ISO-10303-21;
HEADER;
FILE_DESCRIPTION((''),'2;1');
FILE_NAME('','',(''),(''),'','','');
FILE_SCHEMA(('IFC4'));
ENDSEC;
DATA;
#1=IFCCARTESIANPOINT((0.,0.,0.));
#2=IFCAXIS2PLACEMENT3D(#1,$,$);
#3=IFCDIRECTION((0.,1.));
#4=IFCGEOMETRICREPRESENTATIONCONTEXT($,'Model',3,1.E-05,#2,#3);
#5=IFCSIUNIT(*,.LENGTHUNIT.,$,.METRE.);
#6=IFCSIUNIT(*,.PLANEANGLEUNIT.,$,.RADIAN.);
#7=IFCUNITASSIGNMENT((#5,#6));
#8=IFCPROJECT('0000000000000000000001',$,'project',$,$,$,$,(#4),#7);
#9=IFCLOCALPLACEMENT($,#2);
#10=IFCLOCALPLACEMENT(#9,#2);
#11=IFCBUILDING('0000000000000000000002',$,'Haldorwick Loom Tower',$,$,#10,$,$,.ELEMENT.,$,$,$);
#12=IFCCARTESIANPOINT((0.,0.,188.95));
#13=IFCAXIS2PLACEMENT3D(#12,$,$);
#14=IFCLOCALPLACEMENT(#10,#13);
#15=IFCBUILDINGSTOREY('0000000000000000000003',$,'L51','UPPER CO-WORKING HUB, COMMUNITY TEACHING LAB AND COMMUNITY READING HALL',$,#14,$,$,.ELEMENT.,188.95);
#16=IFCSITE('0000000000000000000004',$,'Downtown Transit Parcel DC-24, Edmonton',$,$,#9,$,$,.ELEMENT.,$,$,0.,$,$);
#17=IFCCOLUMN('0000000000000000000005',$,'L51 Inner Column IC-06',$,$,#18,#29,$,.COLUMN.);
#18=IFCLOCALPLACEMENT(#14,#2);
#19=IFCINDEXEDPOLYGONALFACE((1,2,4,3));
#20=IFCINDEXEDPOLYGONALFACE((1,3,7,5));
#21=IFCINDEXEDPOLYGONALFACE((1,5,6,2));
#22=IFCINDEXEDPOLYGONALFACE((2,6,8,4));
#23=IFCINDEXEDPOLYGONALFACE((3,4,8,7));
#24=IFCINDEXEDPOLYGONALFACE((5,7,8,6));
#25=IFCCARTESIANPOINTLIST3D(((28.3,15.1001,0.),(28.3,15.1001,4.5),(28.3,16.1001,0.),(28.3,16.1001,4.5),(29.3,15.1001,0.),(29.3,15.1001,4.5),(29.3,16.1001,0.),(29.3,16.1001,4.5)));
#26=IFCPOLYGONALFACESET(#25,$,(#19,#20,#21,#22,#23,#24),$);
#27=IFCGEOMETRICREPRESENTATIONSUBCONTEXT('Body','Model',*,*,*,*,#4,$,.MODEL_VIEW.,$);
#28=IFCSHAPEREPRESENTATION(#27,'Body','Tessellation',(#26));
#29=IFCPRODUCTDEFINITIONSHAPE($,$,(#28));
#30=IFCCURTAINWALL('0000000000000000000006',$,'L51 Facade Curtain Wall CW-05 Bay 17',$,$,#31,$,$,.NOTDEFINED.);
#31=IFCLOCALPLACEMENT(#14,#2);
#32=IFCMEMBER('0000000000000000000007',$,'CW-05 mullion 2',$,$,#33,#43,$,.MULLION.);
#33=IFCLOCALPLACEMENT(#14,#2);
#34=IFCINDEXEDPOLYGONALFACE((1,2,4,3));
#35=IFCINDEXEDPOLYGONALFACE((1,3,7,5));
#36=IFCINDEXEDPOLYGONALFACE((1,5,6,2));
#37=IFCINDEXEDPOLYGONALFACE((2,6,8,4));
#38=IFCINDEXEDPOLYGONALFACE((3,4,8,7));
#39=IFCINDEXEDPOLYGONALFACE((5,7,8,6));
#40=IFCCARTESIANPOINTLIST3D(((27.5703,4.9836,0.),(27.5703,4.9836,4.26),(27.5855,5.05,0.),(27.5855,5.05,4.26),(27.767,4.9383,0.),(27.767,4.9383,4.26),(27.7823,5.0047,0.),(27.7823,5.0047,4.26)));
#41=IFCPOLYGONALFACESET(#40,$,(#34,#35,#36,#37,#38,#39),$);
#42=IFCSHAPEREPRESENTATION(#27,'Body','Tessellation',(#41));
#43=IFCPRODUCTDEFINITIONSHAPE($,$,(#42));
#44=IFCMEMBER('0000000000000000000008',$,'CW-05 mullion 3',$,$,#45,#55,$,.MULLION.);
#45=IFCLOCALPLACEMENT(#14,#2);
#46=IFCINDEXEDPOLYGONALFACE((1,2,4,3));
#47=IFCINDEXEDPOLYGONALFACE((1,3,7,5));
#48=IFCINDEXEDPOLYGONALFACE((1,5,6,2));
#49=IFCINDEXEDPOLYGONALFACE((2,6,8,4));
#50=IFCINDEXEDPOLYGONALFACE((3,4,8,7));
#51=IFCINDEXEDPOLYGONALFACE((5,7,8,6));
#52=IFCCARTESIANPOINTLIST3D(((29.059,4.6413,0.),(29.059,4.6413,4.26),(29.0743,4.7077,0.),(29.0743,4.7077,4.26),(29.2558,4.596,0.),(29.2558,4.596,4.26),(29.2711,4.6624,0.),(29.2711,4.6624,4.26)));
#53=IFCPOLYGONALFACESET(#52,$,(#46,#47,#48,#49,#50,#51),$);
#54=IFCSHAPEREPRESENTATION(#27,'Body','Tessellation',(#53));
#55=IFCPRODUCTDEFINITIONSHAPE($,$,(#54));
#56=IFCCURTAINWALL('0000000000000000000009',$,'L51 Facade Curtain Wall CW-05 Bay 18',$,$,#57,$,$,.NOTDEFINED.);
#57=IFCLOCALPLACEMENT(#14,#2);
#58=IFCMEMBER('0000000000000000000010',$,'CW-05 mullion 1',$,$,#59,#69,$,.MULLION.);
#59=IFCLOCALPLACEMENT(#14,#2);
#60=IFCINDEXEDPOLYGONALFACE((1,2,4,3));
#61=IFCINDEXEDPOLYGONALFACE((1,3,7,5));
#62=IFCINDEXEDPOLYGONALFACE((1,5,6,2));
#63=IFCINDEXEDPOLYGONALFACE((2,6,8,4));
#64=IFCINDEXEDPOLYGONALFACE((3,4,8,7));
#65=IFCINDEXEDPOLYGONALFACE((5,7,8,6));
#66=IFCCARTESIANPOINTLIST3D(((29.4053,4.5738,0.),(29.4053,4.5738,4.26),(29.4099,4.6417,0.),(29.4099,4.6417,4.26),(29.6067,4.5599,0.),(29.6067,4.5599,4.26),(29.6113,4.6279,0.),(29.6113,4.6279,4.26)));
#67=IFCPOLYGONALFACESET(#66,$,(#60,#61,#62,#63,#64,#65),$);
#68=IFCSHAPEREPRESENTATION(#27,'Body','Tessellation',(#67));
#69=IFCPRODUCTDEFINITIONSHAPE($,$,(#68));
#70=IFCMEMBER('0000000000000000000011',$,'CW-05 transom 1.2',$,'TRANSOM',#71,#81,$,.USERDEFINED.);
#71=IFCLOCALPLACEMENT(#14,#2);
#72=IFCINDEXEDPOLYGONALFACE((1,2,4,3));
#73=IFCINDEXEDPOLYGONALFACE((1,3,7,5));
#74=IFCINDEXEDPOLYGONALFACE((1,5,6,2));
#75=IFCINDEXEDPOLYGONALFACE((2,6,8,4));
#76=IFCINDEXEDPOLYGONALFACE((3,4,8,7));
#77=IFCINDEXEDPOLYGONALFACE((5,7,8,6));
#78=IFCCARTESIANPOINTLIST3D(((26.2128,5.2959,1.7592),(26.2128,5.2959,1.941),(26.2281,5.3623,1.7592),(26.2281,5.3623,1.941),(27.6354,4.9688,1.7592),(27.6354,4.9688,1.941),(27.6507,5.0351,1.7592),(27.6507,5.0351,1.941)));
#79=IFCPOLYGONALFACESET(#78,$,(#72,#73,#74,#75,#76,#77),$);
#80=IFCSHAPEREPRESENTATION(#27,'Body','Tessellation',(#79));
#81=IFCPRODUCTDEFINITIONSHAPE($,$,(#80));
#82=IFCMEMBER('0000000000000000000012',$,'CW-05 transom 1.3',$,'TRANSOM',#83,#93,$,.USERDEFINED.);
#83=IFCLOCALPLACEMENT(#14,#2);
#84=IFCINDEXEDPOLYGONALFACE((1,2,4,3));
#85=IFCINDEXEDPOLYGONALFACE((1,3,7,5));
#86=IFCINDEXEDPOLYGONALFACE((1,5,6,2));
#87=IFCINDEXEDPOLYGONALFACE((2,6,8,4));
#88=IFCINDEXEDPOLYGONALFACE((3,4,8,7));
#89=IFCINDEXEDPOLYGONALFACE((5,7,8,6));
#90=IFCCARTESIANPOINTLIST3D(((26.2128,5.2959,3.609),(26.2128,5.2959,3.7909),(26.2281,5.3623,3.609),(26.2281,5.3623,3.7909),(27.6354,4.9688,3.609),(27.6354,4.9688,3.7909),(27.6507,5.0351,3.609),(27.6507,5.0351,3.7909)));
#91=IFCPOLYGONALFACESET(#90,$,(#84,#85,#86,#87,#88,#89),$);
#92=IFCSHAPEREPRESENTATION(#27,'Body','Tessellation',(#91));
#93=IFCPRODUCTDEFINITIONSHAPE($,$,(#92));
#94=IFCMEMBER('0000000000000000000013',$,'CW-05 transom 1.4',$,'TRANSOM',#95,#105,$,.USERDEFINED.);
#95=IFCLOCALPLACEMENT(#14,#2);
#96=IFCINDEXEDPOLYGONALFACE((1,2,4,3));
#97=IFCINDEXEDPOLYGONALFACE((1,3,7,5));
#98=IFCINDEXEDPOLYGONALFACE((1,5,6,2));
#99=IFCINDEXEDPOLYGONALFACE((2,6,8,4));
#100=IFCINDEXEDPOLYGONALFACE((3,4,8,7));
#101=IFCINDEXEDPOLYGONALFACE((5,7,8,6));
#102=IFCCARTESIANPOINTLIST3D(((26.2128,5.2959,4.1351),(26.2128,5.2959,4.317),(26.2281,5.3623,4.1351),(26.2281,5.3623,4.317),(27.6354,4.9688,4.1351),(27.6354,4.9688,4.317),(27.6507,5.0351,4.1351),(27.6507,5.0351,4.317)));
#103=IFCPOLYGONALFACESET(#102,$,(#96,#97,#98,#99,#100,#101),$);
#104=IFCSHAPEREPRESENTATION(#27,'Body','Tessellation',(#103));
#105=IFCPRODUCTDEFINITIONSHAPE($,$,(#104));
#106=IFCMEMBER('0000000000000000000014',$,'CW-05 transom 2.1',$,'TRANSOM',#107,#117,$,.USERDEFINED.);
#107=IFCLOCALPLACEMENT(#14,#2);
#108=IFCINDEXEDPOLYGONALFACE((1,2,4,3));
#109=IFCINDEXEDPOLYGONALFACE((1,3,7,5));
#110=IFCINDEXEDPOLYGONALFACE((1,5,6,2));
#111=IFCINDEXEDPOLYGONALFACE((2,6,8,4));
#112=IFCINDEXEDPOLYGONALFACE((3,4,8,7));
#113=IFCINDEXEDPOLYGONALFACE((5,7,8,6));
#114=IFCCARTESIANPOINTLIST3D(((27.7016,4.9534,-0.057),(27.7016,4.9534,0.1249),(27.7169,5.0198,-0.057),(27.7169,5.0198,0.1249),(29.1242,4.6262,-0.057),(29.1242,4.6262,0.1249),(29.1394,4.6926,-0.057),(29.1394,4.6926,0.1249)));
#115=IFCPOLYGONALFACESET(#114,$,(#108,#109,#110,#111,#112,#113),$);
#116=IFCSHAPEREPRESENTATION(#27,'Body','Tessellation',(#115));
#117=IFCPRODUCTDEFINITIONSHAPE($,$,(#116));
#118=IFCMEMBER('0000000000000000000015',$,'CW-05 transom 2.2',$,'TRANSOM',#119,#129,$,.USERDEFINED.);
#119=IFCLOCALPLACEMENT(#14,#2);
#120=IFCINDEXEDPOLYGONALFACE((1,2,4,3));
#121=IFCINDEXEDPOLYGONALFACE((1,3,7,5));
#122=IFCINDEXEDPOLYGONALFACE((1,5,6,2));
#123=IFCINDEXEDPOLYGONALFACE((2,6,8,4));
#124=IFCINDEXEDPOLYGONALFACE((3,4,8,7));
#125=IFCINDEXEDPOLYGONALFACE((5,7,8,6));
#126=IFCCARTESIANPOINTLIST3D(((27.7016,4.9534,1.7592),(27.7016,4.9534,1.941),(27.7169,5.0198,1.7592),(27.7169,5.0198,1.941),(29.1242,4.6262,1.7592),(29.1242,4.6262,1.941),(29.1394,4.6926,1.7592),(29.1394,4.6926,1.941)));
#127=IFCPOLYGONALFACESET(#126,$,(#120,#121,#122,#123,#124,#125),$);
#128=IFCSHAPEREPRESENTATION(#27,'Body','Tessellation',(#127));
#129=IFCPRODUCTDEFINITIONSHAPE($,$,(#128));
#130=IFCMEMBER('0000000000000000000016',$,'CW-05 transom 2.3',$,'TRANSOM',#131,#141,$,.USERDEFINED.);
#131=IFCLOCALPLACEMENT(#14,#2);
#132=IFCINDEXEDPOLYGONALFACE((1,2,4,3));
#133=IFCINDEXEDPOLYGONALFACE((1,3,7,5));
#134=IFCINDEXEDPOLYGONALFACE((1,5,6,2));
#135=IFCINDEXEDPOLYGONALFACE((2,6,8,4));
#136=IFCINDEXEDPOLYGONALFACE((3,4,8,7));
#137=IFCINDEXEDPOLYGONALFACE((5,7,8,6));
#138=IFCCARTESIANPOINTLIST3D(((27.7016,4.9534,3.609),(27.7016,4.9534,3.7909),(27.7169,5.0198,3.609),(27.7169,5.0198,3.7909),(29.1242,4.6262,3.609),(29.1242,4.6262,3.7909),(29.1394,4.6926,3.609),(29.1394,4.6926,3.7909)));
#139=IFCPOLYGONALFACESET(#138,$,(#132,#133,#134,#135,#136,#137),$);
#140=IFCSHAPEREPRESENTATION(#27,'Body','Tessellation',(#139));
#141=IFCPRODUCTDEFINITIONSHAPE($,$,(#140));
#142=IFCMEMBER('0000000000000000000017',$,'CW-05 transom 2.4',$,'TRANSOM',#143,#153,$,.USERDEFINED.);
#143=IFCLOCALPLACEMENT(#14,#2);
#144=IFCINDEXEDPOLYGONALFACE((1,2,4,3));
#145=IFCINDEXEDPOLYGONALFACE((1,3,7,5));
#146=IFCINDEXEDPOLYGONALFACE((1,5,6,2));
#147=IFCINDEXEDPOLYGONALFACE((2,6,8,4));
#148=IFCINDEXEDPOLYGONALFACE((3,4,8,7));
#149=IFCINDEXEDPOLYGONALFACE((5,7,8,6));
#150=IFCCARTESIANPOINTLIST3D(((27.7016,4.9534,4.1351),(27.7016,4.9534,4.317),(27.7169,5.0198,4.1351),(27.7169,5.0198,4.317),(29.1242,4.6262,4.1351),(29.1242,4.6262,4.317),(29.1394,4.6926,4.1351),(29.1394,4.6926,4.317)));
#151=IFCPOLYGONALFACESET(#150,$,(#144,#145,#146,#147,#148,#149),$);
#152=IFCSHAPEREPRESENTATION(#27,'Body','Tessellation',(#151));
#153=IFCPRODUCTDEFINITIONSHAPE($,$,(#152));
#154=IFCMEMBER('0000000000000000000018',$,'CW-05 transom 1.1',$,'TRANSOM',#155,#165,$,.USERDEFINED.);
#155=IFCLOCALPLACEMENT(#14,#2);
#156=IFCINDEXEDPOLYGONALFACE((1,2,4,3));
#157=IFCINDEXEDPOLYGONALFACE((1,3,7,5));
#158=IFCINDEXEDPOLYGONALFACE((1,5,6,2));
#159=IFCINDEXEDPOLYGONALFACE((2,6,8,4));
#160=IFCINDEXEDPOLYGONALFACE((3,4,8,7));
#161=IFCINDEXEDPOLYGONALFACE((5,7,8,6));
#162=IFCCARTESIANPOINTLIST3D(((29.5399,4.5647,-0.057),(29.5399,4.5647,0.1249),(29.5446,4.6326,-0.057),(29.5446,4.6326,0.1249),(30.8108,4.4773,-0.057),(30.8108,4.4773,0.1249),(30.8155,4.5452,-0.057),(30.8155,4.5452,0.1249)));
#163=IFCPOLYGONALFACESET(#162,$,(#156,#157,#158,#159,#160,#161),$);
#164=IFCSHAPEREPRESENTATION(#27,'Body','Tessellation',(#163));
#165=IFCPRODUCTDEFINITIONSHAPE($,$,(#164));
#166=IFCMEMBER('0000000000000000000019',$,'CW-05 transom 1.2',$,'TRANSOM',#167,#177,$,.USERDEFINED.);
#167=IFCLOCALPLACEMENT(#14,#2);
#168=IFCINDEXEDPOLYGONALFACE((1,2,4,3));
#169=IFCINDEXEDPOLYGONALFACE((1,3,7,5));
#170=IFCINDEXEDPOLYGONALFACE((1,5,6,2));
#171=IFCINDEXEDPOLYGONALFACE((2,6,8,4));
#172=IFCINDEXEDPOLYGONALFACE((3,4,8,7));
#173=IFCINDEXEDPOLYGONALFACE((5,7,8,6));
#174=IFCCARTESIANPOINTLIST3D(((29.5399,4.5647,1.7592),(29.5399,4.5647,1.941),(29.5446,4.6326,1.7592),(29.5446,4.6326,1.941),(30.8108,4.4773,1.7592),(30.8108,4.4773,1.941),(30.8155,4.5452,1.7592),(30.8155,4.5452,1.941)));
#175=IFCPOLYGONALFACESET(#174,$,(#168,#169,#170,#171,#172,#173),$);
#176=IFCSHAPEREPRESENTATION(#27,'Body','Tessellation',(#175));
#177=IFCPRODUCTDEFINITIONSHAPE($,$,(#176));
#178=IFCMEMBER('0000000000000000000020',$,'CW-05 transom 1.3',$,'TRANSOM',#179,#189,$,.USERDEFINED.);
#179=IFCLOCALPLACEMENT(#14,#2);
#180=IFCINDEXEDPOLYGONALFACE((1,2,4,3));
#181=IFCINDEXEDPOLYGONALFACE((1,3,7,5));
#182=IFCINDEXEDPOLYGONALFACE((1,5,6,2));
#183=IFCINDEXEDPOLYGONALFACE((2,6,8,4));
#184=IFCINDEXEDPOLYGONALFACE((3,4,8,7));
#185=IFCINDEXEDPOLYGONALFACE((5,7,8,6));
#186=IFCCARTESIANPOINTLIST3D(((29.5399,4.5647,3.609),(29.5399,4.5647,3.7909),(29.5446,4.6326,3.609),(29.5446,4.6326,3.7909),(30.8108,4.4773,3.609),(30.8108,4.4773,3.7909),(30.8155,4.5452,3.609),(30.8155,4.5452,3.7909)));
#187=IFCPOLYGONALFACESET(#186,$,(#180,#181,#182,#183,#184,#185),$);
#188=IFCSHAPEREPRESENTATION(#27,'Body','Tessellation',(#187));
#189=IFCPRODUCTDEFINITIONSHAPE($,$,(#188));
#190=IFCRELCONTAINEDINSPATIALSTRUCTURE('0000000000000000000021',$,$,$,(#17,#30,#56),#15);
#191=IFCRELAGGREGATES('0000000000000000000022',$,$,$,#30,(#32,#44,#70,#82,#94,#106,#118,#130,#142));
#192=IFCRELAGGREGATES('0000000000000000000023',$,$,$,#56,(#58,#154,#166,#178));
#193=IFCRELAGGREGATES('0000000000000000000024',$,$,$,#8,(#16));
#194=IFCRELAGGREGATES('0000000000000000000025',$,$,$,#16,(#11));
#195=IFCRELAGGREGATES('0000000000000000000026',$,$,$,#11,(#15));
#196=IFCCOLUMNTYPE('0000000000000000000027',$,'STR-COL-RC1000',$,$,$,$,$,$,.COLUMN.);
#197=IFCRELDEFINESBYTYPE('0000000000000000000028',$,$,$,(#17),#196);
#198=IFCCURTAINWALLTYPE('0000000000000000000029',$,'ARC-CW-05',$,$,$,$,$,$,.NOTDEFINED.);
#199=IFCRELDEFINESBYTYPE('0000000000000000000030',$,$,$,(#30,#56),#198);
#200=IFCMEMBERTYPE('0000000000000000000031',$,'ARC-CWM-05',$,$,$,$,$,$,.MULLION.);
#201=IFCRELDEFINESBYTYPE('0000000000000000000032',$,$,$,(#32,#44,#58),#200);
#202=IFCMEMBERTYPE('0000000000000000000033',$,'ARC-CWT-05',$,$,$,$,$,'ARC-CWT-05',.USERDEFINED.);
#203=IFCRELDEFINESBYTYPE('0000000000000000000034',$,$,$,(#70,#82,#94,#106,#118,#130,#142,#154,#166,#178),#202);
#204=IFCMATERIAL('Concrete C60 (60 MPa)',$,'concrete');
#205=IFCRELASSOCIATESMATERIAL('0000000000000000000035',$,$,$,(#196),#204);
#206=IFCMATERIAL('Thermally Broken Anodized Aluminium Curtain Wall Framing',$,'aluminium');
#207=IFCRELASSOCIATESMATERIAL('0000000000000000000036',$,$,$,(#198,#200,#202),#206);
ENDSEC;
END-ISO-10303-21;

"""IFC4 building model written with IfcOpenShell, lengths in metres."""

from ifc_helpers import new_model, si_unit, direction, frame, origin, origin_2d, place, context, subcontext, project, spatial, rectangle, extrude, material, material_profile, profile_set, type_object, element, aggregate, save


model = new_model("IFC4")

# Units and contexts
model_context = context("Model", 3, precision=1e-05, world=origin(), true_north=direction((0.0, 1.0)))
body_context = subcontext(model_context, "Body", "Model", "MODEL_VIEW")
ifc_project = project(units=[si_unit("LENGTHUNIT", "METRE"), si_unit("PLANEANGLEUNIT", "RADIAN")], contexts=[model_context])

# Site, building, storey
site_placement = place(None, origin())
site = spatial("IfcSite", under=ifc_project, at=site_placement, Name="Downtown Transit Parcel DC-24, Edmonton", CompositionType="ELEMENT", RefElevation=0.0)
building_placement = place(site_placement, origin())
building = spatial("IfcBuilding", under=site, at=building_placement, Name="Haldorwick Loom Tower", CompositionType="ELEMENT")
storey_placement = place(building_placement, frame((0.0, 0.0, 188.95)))
storey = spatial("IfcBuildingStorey", under=building, at=storey_placement, Name="L51", Description="UPPER CO-WORKING HUB, COMMUNITY TEACHING LAB AND COMMUNITY READING HALL", CompositionType="ELEMENT", Elevation=188.95)

# Column
ifc_material_1 = material(Name="Concrete C60 (60 MPa)", Category="concrete")
ifc_material_profile_1 = material_profile(ifc_material_1, rectangle(XDim=1.0, YDim=1.0, at=origin_2d()), Name="RC1000X1000", Category="concrete")
ifc_profile_set_1 = profile_set([ifc_material_profile_1], Name="Concrete C60 (60 MPa)")
column_type = type_object("IfcColumnType", Name="STR-COL-RC1000", PredefinedType="COLUMN", material=ifc_profile_set_1)
column_placement = place(storey_placement, frame((28.8, 15.6001, 0.0), z_axis=(0.0, 0.0, 1.0), x_axis=(1.0, 0.0, 0.0)))
element("IfcColumn", 1, at=column_placement, inside=storey, type_object=column_type, Name="L51 Inner Column IC-06", PredefinedType="COLUMN", context=body_context, shape_type="SweptSolid", body=[
    extrude(rectangle(XDim=1.0, YDim=1.0, at=origin_2d()), origin(), (0.0, 0.0, 1.0), 4.5),
])

# Curtain wall, members
ifc_material_2 = material(Name="Thermally Broken Anodized Aluminium Curtain Wall Framing", Category="aluminium")
curtain_wall_type = type_object("IfcCurtainWallType", Name="ARC-CW-05", PredefinedType="NOTDEFINED", material=ifc_material_2)
curtain_wall_1_placement = place(storey_placement, origin())
curtain_wall_1 = element("IfcCurtainWall", 2, at=curtain_wall_1_placement, inside=storey, type_object=curtain_wall_type, Name="L51 Facade Curtain Wall CW-05 Bay 17", PredefinedType="NOTDEFINED")
ifc_material_profile_2 = material_profile(ifc_material_2, rectangle(XDim=0.0681, YDim=0.2019, at=origin_2d()), Name="ALU_MUL_68X202", Category="aluminium")
ifc_profile_set_2 = profile_set([ifc_material_profile_2], Name="Thermally Broken Anodized Aluminium Curtain Wall Framing")
member_type_1 = type_object("IfcMemberType", Name="ARC-CWM-05", PredefinedType="MULLION", material=ifc_profile_set_2)
member_1_placement = place(storey_placement, frame((27.6763, 4.9941, 0.0), z_axis=(0.0, 0.0, 1.0), x_axis=(0.224142, 0.974557, 0.0)))
member_1 = element("IfcMember", 3, at=member_1_placement, type_object=member_type_1, Name="CW-05 mullion 2", PredefinedType="MULLION", context=body_context, shape_type="SweptSolid", body=[
    extrude(rectangle(XDim=0.0681, YDim=0.2019, at=origin_2d()), origin(), (0.0, 0.0, 1.0), 4.26),
])
member_2_placement = place(storey_placement, frame((29.165, 4.6519, 0.0), z_axis=(0.0, 0.0, 1.0), x_axis=(0.224142, 0.974557, 0.0)))
member_2 = element("IfcMember", 4, at=member_2_placement, type_object=member_type_1, Name="CW-05 mullion 3", PredefinedType="MULLION", context=body_context, shape_type="SweptSolid", body=[
    extrude(rectangle(XDim=0.0681, YDim=0.2019, at=origin_2d()), origin(), (0.0, 0.0, 1.0), 4.26),
])

# Curtain wall, member
curtain_wall_2_placement = place(storey_placement, origin())
curtain_wall_2 = element("IfcCurtainWall", 5, at=curtain_wall_2_placement, inside=storey, type_object=curtain_wall_type, Name="L51 Facade Curtain Wall CW-05 Bay 18", PredefinedType="NOTDEFINED")
member_3_placement = place(storey_placement, frame((29.5083, 4.6008, 0.0), z_axis=(0.0, 0.0, 1.0), x_axis=(0.068513, 0.99765, 0.0)))
member_3 = element("IfcMember", 6, at=member_3_placement, type_object=member_type_1, Name="CW-05 mullion 1", PredefinedType="MULLION", context=body_context, shape_type="SweptSolid", body=[
    extrude(rectangle(XDim=0.0681, YDim=0.2019, at=origin_2d()), origin(), (0.0, 0.0, 1.0), 4.26),
])

# Members
ifc_material_profile_3 = material_profile(ifc_material_2, rectangle(XDim=0.0681, YDim=0.1819, at=origin_2d()), Name="ALU_TRN_68X182", Category="aluminium")
ifc_profile_set_3 = profile_set([ifc_material_profile_3], Name="Thermally Broken Anodized Aluminium Curtain Wall Framing")
member_type_2 = type_object("IfcMemberType", Name="ARC-CWT-05", ElementType="ARC-CWT-05", PredefinedType="USERDEFINED", material=ifc_profile_set_3)
member_4_placement = place(storey_placement, frame((26.2205, 5.3291, 1.8501), z_axis=(0.974563, -0.224114, 0.0), x_axis=(0.224114, 0.974563, 0.0)))
member_4 = element("IfcMember", 7, at=member_4_placement, type_object=member_type_2, Name="CW-05 transom 1.2", ObjectType="TRANSOM", PredefinedType="USERDEFINED", context=body_context, shape_type="SweptSolid", body=[
    extrude(rectangle(XDim=0.0681, YDim=0.1819, at=origin_2d()), origin(), (0.0, 0.0, 1.0), 1.4597),
])
member_5_placement = place(storey_placement, frame((26.2205, 5.3291, 3.7), z_axis=(0.974563, -0.224114, 0.0), x_axis=(0.224114, 0.974563, 0.0)))
member_5 = element("IfcMember", 8, at=member_5_placement, type_object=member_type_2, Name="CW-05 transom 1.3", ObjectType="TRANSOM", PredefinedType="USERDEFINED", context=body_context, shape_type="SweptSolid", body=[
    extrude(rectangle(XDim=0.0681, YDim=0.1819, at=origin_2d()), origin(), (0.0, 0.0, 1.0), 1.4597),
])
member_6_placement = place(storey_placement, frame((26.2205, 5.3291, 4.2261), z_axis=(0.974563, -0.224114, 0.0), x_axis=(0.224114, 0.974563, 0.0)))
member_6 = element("IfcMember", 9, at=member_6_placement, type_object=member_type_2, Name="CW-05 transom 1.4", ObjectType="TRANSOM", PredefinedType="USERDEFINED", context=body_context, shape_type="SweptSolid", body=[
    extrude(rectangle(XDim=0.0681, YDim=0.1819, at=origin_2d()), origin(), (0.0, 0.0, 1.0), 1.4597),
])
member_7_placement = place(storey_placement, frame((27.7092, 4.9866, 0.0339), z_axis=(0.974563, -0.224114, 0.0), x_axis=(0.224114, 0.974563, 0.0)))
member_7 = element("IfcMember", 10, at=member_7_placement, type_object=member_type_2, Name="CW-05 transom 2.1", ObjectType="TRANSOM", PredefinedType="USERDEFINED", context=body_context, shape_type="SweptSolid", body=[
    extrude(rectangle(XDim=0.0681, YDim=0.1819, at=origin_2d()), origin(), (0.0, 0.0, 1.0), 1.4597),
])
member_8_placement = place(storey_placement, frame((27.7092, 4.9866, 1.8501), z_axis=(0.974563, -0.224114, 0.0), x_axis=(0.224114, 0.974563, 0.0)))
member_8 = element("IfcMember", 11, at=member_8_placement, type_object=member_type_2, Name="CW-05 transom 2.2", ObjectType="TRANSOM", PredefinedType="USERDEFINED", context=body_context, shape_type="SweptSolid", body=[
    extrude(rectangle(XDim=0.0681, YDim=0.1819, at=origin_2d()), origin(), (0.0, 0.0, 1.0), 1.4597),
])
member_9_placement = place(storey_placement, frame((27.7092, 4.9866, 3.7), z_axis=(0.974563, -0.224114, 0.0), x_axis=(0.224114, 0.974563, 0.0)))
member_9 = element("IfcMember", 12, at=member_9_placement, type_object=member_type_2, Name="CW-05 transom 2.3", ObjectType="TRANSOM", PredefinedType="USERDEFINED", context=body_context, shape_type="SweptSolid", body=[
    extrude(rectangle(XDim=0.0681, YDim=0.1819, at=origin_2d()), origin(), (0.0, 0.0, 1.0), 1.4597),
])
member_10_placement = place(storey_placement, frame((27.7092, 4.9866, 4.2261), z_axis=(0.974563, -0.224114, 0.0), x_axis=(0.224114, 0.974563, 0.0)))
member_10 = element("IfcMember", 13, at=member_10_placement, type_object=member_type_2, Name="CW-05 transom 2.4", ObjectType="TRANSOM", PredefinedType="USERDEFINED", context=body_context, shape_type="SweptSolid", body=[
    extrude(rectangle(XDim=0.0681, YDim=0.1819, at=origin_2d()), origin(), (0.0, 0.0, 1.0), 1.4597),
])
member_11_placement = place(storey_placement, frame((29.5422, 4.5986, 0.0339), z_axis=(0.997644, -0.068605, 0.0), x_axis=(0.068605, 0.997644, 0.0)))
member_11 = element("IfcMember", 14, at=member_11_placement, type_object=member_type_2, Name="CW-05 transom 1.1", ObjectType="TRANSOM", PredefinedType="USERDEFINED", context=body_context, shape_type="SweptSolid", body=[
    extrude(rectangle(XDim=0.0681, YDim=0.1819, at=origin_2d()), origin(), (0.0, 0.0, 1.0), 1.2739),
])
member_12_placement = place(storey_placement, frame((29.5422, 4.5986, 1.8501), z_axis=(0.997644, -0.068605, 0.0), x_axis=(0.068605, 0.997644, 0.0)))
member_12 = element("IfcMember", 15, at=member_12_placement, type_object=member_type_2, Name="CW-05 transom 1.2", ObjectType="TRANSOM", PredefinedType="USERDEFINED", context=body_context, shape_type="SweptSolid", body=[
    extrude(rectangle(XDim=0.0681, YDim=0.1819, at=origin_2d()), origin(), (0.0, 0.0, 1.0), 1.2739),
])
member_13_placement = place(storey_placement, frame((29.5422, 4.5986, 3.7), z_axis=(0.997644, -0.068605, 0.0), x_axis=(0.068605, 0.997644, 0.0)))
member_13 = element("IfcMember", 16, at=member_13_placement, type_object=member_type_2, Name="CW-05 transom 1.3", ObjectType="TRANSOM", PredefinedType="USERDEFINED", context=body_context, shape_type="SweptSolid", body=[
    extrude(rectangle(XDim=0.0681, YDim=0.1819, at=origin_2d()), origin(), (0.0, 0.0, 1.0), 1.2739),
])

aggregate(curtain_wall_1, [member_1, member_2, member_4, member_5, member_6, member_7, member_8, member_9, member_10])
aggregate(curtain_wall_2, [member_3, member_11, member_12, member_13])

save(model, "model.ifc")
